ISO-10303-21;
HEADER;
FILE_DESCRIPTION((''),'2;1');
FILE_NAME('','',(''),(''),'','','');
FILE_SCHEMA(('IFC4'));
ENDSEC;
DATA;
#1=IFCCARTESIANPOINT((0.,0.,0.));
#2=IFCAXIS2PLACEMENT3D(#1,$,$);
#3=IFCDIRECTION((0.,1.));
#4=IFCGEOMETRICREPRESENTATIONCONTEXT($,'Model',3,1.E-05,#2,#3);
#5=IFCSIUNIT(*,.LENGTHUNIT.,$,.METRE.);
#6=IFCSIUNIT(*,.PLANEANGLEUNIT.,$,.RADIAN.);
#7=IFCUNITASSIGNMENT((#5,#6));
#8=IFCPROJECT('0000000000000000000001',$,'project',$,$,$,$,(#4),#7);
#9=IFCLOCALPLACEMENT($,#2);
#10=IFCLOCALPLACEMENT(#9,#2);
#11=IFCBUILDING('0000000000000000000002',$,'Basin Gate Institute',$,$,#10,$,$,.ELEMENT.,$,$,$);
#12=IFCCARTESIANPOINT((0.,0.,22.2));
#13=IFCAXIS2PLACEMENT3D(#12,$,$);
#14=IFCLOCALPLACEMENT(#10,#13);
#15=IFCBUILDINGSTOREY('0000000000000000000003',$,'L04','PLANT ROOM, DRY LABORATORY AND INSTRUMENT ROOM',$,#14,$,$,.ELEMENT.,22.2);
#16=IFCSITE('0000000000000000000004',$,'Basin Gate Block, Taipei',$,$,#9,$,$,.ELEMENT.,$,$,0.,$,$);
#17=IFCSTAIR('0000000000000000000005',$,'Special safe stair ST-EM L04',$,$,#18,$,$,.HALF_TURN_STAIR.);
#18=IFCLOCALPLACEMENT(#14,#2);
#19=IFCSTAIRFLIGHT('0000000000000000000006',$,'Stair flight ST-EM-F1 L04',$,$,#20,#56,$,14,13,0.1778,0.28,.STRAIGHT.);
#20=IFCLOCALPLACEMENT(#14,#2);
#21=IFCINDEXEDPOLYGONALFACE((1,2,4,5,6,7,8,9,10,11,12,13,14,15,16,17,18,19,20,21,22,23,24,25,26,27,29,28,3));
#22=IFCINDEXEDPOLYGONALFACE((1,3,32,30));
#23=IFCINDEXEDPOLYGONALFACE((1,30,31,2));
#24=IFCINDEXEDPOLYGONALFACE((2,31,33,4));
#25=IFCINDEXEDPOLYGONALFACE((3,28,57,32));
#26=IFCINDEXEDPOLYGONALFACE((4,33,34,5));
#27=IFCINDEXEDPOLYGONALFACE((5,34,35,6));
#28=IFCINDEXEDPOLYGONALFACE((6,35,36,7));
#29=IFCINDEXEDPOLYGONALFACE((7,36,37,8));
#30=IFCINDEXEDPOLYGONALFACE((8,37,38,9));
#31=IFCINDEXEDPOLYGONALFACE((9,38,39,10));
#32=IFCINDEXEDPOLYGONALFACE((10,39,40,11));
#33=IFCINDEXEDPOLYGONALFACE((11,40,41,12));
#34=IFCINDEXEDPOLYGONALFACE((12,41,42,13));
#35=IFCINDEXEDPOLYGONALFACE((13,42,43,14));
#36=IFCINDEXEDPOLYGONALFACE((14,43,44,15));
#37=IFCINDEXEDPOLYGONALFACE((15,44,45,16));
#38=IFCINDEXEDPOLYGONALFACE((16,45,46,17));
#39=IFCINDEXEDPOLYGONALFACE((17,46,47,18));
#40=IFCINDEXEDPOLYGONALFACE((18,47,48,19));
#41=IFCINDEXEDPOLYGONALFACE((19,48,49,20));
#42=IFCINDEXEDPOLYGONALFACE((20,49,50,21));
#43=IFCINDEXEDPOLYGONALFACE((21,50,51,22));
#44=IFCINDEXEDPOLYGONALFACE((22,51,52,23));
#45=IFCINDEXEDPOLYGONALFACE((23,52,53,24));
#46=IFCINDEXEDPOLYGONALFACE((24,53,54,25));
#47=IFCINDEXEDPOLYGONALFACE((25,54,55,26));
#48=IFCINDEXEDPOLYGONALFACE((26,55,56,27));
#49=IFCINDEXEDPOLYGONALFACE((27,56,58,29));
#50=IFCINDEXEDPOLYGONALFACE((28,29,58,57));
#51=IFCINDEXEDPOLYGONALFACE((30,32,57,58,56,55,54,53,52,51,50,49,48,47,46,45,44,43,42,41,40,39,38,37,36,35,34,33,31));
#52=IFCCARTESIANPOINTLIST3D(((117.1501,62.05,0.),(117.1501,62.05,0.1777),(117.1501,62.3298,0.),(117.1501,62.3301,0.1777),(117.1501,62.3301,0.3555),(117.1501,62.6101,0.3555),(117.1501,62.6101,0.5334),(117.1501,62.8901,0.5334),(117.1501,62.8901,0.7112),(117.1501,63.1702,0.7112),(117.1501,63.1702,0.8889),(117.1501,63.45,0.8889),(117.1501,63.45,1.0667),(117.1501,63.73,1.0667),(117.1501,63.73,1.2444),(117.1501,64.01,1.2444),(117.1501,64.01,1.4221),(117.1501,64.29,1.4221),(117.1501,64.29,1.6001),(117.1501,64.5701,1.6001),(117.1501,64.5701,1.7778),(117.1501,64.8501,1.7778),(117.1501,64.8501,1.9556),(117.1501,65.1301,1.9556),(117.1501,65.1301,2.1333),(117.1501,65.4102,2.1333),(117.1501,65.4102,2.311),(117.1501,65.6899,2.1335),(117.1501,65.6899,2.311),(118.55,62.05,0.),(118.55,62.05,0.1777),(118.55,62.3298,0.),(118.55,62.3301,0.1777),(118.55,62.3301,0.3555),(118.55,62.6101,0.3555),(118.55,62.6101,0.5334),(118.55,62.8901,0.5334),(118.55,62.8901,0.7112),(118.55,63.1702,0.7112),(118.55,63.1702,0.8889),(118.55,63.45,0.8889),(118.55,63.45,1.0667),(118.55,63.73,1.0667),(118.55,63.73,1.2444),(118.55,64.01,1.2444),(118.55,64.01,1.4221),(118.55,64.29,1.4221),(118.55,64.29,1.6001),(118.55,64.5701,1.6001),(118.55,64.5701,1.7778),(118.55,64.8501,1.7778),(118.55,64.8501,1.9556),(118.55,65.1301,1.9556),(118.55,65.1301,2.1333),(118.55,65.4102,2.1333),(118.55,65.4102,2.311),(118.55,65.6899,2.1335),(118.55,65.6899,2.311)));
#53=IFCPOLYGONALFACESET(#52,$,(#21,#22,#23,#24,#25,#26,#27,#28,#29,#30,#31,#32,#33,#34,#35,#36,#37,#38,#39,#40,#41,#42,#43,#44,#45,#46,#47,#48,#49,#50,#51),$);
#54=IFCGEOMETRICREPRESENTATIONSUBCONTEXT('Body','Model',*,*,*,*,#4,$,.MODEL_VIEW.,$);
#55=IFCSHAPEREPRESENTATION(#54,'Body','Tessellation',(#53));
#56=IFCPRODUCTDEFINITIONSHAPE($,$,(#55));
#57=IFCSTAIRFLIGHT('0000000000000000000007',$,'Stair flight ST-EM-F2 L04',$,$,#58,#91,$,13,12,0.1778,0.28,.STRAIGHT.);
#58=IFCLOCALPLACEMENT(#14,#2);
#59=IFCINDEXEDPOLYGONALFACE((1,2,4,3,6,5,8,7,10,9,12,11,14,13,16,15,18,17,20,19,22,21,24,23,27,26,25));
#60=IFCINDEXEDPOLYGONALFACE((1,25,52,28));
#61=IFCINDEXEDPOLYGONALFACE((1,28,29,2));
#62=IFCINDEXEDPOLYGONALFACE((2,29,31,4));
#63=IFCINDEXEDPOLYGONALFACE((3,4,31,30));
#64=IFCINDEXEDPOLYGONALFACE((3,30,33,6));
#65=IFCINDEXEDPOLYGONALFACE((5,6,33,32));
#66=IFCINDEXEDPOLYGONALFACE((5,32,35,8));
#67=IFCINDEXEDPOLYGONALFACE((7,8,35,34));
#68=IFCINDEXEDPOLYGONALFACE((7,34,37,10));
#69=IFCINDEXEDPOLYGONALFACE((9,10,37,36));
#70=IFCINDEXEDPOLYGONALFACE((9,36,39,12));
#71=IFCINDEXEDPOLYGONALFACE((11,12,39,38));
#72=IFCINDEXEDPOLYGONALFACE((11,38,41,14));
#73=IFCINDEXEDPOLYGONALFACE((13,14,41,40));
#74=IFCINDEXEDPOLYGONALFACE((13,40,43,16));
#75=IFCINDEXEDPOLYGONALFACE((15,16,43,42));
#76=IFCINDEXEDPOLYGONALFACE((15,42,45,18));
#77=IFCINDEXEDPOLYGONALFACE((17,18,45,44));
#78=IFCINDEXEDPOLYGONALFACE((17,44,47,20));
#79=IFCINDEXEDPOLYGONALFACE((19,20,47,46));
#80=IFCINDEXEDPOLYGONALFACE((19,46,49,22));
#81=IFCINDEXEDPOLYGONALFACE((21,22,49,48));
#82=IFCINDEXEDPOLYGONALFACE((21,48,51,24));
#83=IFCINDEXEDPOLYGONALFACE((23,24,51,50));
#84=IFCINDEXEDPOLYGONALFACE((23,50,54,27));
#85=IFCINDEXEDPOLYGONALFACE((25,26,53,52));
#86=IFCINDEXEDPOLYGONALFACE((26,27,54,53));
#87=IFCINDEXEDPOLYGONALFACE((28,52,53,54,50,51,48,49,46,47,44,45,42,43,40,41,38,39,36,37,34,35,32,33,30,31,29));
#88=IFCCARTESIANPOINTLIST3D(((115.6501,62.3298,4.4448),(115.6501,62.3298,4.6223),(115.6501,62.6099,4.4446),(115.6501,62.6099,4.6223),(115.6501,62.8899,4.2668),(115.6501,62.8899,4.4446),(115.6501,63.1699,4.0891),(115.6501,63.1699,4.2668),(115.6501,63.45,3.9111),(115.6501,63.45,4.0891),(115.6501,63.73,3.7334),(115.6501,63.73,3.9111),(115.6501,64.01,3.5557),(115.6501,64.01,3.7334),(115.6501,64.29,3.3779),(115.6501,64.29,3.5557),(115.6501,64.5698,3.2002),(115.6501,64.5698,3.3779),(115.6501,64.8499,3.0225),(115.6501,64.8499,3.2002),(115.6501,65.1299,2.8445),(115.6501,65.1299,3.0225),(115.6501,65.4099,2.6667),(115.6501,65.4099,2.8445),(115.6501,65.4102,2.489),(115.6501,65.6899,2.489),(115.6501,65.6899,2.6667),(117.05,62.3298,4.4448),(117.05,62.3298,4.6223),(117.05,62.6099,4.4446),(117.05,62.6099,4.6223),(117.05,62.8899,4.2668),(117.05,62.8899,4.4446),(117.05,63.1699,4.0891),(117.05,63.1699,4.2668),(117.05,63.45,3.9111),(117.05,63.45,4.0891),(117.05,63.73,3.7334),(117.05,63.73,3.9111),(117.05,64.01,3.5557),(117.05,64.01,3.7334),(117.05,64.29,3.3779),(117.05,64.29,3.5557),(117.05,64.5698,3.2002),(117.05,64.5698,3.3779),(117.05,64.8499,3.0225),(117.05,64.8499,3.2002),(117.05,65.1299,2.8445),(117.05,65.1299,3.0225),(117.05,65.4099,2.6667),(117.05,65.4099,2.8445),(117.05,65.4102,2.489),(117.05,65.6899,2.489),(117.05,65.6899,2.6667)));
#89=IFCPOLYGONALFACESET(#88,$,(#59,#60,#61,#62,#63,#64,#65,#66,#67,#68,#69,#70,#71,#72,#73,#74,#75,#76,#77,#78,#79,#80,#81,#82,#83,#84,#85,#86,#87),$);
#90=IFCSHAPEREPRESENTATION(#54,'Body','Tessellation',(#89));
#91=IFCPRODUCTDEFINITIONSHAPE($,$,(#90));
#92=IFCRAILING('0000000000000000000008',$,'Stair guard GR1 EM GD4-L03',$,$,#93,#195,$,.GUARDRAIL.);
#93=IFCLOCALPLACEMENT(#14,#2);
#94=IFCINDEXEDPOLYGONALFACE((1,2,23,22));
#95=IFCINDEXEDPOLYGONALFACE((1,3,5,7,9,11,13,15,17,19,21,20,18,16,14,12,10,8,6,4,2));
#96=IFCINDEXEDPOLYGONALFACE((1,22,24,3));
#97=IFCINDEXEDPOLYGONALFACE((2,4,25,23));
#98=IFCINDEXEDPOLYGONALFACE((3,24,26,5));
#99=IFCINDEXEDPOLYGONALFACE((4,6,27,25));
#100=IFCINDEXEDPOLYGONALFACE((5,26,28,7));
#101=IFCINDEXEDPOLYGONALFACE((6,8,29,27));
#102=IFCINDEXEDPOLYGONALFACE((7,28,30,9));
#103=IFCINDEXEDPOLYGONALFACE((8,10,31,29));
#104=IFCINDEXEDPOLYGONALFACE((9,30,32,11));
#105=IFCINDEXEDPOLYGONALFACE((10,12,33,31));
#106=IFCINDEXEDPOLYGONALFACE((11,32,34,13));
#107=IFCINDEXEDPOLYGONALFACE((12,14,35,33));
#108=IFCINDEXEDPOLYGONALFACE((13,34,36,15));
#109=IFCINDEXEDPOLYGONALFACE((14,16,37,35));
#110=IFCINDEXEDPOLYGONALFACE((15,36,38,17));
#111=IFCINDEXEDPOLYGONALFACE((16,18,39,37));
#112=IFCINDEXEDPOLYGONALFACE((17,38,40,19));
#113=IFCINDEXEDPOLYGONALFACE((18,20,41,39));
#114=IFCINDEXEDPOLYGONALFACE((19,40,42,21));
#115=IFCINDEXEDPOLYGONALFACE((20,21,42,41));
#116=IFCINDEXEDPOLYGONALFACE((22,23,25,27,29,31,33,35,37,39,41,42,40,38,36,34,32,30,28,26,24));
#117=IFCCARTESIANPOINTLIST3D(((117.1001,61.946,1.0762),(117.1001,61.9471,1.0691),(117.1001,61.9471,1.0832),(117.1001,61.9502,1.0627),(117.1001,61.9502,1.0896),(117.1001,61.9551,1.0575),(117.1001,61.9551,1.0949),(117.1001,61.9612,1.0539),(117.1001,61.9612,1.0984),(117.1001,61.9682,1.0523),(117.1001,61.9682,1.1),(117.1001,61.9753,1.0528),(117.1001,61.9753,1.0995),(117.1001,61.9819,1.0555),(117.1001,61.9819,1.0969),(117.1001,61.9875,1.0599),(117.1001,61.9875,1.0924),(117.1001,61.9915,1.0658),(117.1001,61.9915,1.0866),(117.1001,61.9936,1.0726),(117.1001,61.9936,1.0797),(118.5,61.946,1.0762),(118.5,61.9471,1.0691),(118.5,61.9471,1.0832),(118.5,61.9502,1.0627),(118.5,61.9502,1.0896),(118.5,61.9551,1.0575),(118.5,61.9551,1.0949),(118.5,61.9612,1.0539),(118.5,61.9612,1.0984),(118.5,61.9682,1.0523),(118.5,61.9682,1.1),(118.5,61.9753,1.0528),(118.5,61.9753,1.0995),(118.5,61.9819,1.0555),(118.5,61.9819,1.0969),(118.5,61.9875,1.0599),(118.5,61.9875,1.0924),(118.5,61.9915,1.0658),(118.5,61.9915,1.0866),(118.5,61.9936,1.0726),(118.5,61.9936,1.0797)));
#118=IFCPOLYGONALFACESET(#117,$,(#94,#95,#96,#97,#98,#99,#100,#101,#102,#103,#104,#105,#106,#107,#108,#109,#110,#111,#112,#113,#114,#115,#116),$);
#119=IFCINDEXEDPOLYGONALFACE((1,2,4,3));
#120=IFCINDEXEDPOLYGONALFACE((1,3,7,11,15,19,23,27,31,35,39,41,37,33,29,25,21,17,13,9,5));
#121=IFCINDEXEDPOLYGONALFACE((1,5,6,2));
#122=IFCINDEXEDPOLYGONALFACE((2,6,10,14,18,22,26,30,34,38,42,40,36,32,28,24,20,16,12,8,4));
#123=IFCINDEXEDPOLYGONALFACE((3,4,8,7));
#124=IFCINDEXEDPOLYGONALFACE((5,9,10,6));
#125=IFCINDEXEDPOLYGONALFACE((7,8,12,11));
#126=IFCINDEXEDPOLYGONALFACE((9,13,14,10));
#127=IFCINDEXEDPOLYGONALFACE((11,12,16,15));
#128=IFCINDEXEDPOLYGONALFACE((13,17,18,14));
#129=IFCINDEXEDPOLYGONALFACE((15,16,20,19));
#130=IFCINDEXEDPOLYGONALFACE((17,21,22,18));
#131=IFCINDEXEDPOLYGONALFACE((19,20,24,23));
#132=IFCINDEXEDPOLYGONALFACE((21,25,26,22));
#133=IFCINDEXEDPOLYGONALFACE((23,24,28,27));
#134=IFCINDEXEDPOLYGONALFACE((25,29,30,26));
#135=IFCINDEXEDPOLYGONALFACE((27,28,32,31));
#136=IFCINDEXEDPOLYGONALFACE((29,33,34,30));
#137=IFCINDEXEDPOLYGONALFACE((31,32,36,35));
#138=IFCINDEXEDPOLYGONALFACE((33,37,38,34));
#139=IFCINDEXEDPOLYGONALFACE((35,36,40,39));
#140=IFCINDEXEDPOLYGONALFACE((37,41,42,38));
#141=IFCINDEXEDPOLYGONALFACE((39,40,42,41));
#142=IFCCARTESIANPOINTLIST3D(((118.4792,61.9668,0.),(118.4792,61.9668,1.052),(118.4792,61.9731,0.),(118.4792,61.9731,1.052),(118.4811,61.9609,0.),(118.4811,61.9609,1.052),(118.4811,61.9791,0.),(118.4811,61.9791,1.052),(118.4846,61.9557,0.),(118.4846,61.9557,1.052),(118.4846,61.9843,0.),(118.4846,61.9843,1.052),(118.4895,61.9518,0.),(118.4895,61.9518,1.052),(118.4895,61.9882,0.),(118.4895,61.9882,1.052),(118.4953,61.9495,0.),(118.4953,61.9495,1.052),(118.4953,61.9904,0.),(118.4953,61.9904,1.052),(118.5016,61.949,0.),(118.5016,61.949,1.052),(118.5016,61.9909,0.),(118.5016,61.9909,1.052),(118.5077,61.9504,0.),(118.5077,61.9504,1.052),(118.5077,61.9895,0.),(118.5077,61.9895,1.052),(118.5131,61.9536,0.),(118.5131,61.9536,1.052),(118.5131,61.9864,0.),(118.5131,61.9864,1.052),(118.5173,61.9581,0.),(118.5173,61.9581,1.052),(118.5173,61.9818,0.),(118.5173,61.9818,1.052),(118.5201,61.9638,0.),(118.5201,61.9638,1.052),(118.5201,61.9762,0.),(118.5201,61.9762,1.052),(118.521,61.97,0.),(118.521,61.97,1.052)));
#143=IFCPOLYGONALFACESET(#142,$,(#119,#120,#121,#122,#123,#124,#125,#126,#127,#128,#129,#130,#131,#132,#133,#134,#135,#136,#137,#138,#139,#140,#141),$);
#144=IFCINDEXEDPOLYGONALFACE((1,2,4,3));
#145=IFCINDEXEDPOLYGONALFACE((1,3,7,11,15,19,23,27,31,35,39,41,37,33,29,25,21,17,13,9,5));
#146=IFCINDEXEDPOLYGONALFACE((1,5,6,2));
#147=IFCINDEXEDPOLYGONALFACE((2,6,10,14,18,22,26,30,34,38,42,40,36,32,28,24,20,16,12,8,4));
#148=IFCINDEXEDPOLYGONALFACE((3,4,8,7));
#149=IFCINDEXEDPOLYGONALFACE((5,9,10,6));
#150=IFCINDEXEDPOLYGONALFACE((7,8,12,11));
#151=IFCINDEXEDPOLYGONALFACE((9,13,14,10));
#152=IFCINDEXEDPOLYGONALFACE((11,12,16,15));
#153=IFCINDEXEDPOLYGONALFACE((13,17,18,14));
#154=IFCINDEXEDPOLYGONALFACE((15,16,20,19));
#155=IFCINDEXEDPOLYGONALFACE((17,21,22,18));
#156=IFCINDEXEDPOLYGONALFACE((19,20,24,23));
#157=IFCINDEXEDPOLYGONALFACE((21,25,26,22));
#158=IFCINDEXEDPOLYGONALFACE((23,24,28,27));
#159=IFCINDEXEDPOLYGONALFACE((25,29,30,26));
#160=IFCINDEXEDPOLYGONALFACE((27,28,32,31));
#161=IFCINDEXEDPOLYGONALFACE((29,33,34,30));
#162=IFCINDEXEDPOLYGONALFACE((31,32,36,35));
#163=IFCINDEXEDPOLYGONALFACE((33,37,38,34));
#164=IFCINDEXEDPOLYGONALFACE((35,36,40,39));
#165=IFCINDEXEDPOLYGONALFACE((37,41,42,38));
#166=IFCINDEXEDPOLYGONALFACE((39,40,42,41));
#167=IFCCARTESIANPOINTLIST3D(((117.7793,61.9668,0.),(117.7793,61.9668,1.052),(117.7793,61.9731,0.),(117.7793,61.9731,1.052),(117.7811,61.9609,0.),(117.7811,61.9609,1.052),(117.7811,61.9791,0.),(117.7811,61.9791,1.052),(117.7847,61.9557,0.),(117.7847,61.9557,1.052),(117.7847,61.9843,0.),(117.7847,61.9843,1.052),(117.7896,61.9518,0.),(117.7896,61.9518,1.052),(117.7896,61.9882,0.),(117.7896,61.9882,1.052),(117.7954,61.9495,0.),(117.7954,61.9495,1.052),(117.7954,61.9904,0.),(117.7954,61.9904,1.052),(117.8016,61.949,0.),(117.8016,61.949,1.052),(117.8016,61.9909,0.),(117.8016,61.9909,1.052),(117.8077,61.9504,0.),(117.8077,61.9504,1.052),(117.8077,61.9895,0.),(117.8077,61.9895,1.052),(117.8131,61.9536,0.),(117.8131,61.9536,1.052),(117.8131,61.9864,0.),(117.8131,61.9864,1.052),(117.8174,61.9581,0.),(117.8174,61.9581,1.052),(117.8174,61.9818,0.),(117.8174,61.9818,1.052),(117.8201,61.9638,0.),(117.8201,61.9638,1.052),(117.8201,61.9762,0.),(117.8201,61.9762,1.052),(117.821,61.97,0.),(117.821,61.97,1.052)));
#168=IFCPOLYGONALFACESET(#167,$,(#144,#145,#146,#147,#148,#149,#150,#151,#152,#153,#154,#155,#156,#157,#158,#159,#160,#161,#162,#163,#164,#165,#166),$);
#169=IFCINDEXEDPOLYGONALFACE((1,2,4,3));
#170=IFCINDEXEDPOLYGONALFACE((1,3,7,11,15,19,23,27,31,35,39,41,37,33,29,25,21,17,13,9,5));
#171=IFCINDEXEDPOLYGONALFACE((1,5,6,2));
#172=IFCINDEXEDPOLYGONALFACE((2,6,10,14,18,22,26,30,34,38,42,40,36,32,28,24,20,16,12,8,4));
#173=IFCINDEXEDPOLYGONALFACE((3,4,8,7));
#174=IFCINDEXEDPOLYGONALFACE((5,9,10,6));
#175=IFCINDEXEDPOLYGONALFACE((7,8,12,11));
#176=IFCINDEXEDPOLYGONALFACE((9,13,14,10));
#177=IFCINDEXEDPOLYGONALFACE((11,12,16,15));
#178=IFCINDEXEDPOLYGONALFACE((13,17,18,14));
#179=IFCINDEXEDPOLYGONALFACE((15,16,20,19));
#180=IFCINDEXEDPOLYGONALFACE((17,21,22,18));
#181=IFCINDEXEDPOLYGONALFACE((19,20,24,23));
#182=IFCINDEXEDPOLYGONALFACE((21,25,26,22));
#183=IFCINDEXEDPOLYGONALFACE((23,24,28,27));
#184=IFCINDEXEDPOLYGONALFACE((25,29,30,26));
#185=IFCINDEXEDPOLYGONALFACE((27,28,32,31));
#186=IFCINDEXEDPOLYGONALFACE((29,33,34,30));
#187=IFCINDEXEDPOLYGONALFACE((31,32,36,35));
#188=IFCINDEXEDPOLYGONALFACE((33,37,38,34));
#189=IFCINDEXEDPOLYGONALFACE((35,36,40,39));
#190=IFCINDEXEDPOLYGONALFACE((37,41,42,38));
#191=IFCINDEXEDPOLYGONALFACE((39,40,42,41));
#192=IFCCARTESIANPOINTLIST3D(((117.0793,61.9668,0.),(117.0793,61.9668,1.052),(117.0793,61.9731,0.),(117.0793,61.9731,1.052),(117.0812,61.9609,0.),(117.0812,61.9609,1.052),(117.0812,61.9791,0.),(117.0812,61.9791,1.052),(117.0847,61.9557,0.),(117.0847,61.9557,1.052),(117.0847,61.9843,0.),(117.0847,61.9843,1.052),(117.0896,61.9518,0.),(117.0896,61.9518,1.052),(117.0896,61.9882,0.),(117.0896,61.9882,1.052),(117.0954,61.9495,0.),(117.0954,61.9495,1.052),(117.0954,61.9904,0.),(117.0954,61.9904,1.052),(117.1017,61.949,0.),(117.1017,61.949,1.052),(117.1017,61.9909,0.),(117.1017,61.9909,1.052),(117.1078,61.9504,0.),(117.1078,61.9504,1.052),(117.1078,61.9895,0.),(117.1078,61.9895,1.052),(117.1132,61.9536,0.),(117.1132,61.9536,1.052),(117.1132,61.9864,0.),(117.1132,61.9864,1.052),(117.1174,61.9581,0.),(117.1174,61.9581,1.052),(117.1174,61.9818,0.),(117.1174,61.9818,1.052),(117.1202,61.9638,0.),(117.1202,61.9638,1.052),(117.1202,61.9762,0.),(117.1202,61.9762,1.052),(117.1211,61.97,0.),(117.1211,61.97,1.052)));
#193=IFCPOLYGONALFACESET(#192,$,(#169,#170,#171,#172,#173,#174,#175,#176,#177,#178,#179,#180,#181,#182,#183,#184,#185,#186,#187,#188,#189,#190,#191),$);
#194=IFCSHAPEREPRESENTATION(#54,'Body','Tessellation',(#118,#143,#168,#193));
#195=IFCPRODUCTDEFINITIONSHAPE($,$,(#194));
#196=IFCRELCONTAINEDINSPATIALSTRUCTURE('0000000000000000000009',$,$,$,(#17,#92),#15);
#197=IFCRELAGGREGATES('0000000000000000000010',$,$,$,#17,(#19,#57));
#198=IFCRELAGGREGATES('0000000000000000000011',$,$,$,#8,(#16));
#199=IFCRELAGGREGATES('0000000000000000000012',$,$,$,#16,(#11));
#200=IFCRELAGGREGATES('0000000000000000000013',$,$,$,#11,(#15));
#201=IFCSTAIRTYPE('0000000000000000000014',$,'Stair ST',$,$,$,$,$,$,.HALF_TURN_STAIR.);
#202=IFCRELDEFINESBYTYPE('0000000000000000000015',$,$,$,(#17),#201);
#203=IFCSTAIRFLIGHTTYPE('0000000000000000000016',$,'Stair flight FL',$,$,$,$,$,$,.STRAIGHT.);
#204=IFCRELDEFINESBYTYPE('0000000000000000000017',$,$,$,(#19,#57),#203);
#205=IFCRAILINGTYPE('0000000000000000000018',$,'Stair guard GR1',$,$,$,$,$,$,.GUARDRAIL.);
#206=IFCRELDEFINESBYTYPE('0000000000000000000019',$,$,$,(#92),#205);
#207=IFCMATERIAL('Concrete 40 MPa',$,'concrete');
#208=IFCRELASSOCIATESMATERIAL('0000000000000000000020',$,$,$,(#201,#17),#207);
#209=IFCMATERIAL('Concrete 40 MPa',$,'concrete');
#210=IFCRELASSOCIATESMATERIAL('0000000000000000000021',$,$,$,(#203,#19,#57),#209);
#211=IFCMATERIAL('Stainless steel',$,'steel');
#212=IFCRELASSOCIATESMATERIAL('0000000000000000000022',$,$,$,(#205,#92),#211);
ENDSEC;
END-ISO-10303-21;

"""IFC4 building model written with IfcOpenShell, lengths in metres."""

from ifc_helpers import new_model, si_unit, direction, frame, origin, origin_2d, place, context, subcontext, project, spatial, polyline, circle, outline, extrude, material, type_object, element, aggregate, save


model = new_model("IFC4")

# Units and contexts
model_context = context("Model", 3, precision=1e-05, world=origin(), true_north=direction((0.0, 1.0)))
body_context = subcontext(model_context, "Body", "Model", "MODEL_VIEW")
ifc_project = project(units=[si_unit("LENGTHUNIT", "METRE"), si_unit("PLANEANGLEUNIT", "RADIAN")], contexts=[model_context])

# Site, building, storey
site_placement = place(None, origin())
site = spatial("IfcSite", under=ifc_project, at=site_placement, Name="Basin Gate Block, Taipei", CompositionType="ELEMENT", RefElevation=0.0)
building_placement = place(site_placement, origin())
building = spatial("IfcBuilding", under=site, at=building_placement, Name="Basin Gate Institute", CompositionType="ELEMENT")
storey_placement = place(building_placement, frame((0.0, 0.0, 22.2)))
storey = spatial("IfcBuildingStorey", under=building, at=storey_placement, Name="L04", Description="PLANT ROOM, DRY LABORATORY AND INSTRUMENT ROOM", CompositionType="ELEMENT", Elevation=22.2)

# Stair, stair flights
ifc_material_1 = material(Name="Concrete 40 MPa", Category="concrete")
stair_type = type_object("IfcStairType", Name="Stair ST", PredefinedType="HALF_TURN_STAIR", material=ifc_material_1)
stair_placement = place(storey_placement, origin())
stair = element("IfcStair", 1, at=stair_placement, inside=storey, type_object=stair_type, material=ifc_material_1, Name="Special safe stair ST-EM L04", PredefinedType="HALF_TURN_STAIR")
ifc_material_2 = material(Name="Concrete 40 MPa", Category="concrete")
stair_flight_type = type_object("IfcStairFlightType", Name="Stair flight FL", PredefinedType="STRAIGHT", material=ifc_material_2)
stair_flight_1_placement = place(storey_placement, frame((117.8501, 62.05, 0.0), z_axis=(0.0, 0.0, 1.0), x_axis=(0.0, 1.0, 0.0)))
stair_flight_1 = element("IfcStairFlight", 2, at=stair_flight_1_placement, type_object=stair_flight_type, material=ifc_material_2, Name="Stair flight ST-EM-F1 L04", NumberOfRisers=14, NumberOfTreads=13, PredefinedType="STRAIGHT", RiserHeight=0.1778, TreadLength=0.28, context=body_context, shape_type="SweptSolid", body=[
    extrude(outline(polyline([(0.0, 0.0), (0.0, 0.1777), (0.28, 0.1777), (0.28, 0.3555), (0.5601, 0.3555), (0.5601, 0.5334), (0.8401, 0.5334), (0.8401, 0.7112), (1.1201, 0.7112), (1.1201, 0.8889), (1.3999, 0.8889), (1.3999, 1.0667), (1.6799, 1.0667), (1.6799, 1.2444), (1.96, 1.2444), (1.96, 1.4221), (2.24, 1.4221), (2.24, 1.6001), (2.52, 1.6001), (2.52, 1.7778), (2.8, 1.7778), (2.8, 1.9556), (3.0801, 1.9556), (3.0801, 2.1333), (3.3601, 2.1333), (3.3601, 2.311), (3.6399, 2.311), (3.6399, 2.4888), (3.6399, 2.1335), (0.2798, 0.0), (0.0, 0.0)])), frame((0.0, 0.7, 0.0), z_axis=(0.0, -1.0, 0.0), x_axis=(1.0, 0.0, 0.0)), (0.0, 0.0, 1.0), 1.3999),
])
stair_flight_2_placement = place(storey_placement, frame((116.3501, 65.6899, 2.489), z_axis=(0.0, 0.0, 1.0), x_axis=(0.0, -1.0, 0.0)))
stair_flight_2 = element("IfcStairFlight", 3, at=stair_flight_2_placement, type_object=stair_flight_type, material=ifc_material_2, Name="Stair flight ST-EM-F2 L04", NumberOfRisers=13, NumberOfTreads=12, PredefinedType="STRAIGHT", RiserHeight=0.1778, TreadLength=0.28, context=body_context, shape_type="SweptSolid", body=[
    extrude(outline(polyline([(0.0, 0.0), (0.0, 0.1777), (0.28, 0.1777), (0.28, 0.3555), (0.5601, 0.3555), (0.5601, 0.5334), (0.8401, 0.5334), (0.8401, 0.7112), (1.1201, 0.7112), (1.1201, 0.8889), (1.3999, 0.8889), (1.3999, 1.0667), (1.6799, 1.0667), (1.6799, 1.2444), (1.96, 1.2444), (1.96, 1.4221), (2.24, 1.4221), (2.24, 1.6001), (2.52, 1.6001), (2.52, 1.7778), (2.8, 1.7778), (2.8, 1.9556), (3.0801, 1.9556), (3.0801, 2.1333), (3.3601, 2.1333), (3.3601, 2.311), (3.3601, 1.9558), (0.2798, 0.0), (0.0, 0.0)])), frame((0.0, 0.7, 0.0), z_axis=(0.0, -1.0, 0.0), x_axis=(1.0, 0.0, 0.0)), (0.0, 0.0, 1.0), 1.3999),
])
aggregate(stair, [stair_flight_1, stair_flight_2])

# Railing
ifc_material_3 = material(Name="Stainless steel", Category="steel")
railing_type_1 = type_object("IfcRailingType", Name="Stair guard GR1", PredefinedType="GUARDRAIL", material=ifc_material_3)
railing_1_placement = place(storey_placement, frame((118.5, 61.97, 0.0)))
element("IfcRailing", 4, at=railing_1_placement, inside=storey, type_object=railing_type_1, material=ifc_material_3, Name="Stair guard GR1 EM GD4-L03", PredefinedType="GUARDRAIL", context=body_context, shape_type="SweptSolid", body=[
    extrude(circle(Radius=0.0239, at=origin_2d()), frame((0.0, 0.0, 1.0762), z_axis=(-1.0, 0.0, 0.0), x_axis=(0.0, -1.0, 0.0)), (0.0, 0.0, 1.0), 1.3999),
    extrude(circle(Radius=0.021, at=origin_2d()), origin(), (0.0, 0.0, 1.0), 1.052),
    extrude(circle(Radius=0.021, at=origin_2d()), frame((-0.7, 0.0, 0.0)), (0.0, 0.0, 1.0), 1.052),
    extrude(circle(Radius=0.021, at=origin_2d()), frame((-1.3999, 0.0, 0.0)), (0.0, 0.0, 1.0), 1.052),
])

save(model, "model.ifc")
